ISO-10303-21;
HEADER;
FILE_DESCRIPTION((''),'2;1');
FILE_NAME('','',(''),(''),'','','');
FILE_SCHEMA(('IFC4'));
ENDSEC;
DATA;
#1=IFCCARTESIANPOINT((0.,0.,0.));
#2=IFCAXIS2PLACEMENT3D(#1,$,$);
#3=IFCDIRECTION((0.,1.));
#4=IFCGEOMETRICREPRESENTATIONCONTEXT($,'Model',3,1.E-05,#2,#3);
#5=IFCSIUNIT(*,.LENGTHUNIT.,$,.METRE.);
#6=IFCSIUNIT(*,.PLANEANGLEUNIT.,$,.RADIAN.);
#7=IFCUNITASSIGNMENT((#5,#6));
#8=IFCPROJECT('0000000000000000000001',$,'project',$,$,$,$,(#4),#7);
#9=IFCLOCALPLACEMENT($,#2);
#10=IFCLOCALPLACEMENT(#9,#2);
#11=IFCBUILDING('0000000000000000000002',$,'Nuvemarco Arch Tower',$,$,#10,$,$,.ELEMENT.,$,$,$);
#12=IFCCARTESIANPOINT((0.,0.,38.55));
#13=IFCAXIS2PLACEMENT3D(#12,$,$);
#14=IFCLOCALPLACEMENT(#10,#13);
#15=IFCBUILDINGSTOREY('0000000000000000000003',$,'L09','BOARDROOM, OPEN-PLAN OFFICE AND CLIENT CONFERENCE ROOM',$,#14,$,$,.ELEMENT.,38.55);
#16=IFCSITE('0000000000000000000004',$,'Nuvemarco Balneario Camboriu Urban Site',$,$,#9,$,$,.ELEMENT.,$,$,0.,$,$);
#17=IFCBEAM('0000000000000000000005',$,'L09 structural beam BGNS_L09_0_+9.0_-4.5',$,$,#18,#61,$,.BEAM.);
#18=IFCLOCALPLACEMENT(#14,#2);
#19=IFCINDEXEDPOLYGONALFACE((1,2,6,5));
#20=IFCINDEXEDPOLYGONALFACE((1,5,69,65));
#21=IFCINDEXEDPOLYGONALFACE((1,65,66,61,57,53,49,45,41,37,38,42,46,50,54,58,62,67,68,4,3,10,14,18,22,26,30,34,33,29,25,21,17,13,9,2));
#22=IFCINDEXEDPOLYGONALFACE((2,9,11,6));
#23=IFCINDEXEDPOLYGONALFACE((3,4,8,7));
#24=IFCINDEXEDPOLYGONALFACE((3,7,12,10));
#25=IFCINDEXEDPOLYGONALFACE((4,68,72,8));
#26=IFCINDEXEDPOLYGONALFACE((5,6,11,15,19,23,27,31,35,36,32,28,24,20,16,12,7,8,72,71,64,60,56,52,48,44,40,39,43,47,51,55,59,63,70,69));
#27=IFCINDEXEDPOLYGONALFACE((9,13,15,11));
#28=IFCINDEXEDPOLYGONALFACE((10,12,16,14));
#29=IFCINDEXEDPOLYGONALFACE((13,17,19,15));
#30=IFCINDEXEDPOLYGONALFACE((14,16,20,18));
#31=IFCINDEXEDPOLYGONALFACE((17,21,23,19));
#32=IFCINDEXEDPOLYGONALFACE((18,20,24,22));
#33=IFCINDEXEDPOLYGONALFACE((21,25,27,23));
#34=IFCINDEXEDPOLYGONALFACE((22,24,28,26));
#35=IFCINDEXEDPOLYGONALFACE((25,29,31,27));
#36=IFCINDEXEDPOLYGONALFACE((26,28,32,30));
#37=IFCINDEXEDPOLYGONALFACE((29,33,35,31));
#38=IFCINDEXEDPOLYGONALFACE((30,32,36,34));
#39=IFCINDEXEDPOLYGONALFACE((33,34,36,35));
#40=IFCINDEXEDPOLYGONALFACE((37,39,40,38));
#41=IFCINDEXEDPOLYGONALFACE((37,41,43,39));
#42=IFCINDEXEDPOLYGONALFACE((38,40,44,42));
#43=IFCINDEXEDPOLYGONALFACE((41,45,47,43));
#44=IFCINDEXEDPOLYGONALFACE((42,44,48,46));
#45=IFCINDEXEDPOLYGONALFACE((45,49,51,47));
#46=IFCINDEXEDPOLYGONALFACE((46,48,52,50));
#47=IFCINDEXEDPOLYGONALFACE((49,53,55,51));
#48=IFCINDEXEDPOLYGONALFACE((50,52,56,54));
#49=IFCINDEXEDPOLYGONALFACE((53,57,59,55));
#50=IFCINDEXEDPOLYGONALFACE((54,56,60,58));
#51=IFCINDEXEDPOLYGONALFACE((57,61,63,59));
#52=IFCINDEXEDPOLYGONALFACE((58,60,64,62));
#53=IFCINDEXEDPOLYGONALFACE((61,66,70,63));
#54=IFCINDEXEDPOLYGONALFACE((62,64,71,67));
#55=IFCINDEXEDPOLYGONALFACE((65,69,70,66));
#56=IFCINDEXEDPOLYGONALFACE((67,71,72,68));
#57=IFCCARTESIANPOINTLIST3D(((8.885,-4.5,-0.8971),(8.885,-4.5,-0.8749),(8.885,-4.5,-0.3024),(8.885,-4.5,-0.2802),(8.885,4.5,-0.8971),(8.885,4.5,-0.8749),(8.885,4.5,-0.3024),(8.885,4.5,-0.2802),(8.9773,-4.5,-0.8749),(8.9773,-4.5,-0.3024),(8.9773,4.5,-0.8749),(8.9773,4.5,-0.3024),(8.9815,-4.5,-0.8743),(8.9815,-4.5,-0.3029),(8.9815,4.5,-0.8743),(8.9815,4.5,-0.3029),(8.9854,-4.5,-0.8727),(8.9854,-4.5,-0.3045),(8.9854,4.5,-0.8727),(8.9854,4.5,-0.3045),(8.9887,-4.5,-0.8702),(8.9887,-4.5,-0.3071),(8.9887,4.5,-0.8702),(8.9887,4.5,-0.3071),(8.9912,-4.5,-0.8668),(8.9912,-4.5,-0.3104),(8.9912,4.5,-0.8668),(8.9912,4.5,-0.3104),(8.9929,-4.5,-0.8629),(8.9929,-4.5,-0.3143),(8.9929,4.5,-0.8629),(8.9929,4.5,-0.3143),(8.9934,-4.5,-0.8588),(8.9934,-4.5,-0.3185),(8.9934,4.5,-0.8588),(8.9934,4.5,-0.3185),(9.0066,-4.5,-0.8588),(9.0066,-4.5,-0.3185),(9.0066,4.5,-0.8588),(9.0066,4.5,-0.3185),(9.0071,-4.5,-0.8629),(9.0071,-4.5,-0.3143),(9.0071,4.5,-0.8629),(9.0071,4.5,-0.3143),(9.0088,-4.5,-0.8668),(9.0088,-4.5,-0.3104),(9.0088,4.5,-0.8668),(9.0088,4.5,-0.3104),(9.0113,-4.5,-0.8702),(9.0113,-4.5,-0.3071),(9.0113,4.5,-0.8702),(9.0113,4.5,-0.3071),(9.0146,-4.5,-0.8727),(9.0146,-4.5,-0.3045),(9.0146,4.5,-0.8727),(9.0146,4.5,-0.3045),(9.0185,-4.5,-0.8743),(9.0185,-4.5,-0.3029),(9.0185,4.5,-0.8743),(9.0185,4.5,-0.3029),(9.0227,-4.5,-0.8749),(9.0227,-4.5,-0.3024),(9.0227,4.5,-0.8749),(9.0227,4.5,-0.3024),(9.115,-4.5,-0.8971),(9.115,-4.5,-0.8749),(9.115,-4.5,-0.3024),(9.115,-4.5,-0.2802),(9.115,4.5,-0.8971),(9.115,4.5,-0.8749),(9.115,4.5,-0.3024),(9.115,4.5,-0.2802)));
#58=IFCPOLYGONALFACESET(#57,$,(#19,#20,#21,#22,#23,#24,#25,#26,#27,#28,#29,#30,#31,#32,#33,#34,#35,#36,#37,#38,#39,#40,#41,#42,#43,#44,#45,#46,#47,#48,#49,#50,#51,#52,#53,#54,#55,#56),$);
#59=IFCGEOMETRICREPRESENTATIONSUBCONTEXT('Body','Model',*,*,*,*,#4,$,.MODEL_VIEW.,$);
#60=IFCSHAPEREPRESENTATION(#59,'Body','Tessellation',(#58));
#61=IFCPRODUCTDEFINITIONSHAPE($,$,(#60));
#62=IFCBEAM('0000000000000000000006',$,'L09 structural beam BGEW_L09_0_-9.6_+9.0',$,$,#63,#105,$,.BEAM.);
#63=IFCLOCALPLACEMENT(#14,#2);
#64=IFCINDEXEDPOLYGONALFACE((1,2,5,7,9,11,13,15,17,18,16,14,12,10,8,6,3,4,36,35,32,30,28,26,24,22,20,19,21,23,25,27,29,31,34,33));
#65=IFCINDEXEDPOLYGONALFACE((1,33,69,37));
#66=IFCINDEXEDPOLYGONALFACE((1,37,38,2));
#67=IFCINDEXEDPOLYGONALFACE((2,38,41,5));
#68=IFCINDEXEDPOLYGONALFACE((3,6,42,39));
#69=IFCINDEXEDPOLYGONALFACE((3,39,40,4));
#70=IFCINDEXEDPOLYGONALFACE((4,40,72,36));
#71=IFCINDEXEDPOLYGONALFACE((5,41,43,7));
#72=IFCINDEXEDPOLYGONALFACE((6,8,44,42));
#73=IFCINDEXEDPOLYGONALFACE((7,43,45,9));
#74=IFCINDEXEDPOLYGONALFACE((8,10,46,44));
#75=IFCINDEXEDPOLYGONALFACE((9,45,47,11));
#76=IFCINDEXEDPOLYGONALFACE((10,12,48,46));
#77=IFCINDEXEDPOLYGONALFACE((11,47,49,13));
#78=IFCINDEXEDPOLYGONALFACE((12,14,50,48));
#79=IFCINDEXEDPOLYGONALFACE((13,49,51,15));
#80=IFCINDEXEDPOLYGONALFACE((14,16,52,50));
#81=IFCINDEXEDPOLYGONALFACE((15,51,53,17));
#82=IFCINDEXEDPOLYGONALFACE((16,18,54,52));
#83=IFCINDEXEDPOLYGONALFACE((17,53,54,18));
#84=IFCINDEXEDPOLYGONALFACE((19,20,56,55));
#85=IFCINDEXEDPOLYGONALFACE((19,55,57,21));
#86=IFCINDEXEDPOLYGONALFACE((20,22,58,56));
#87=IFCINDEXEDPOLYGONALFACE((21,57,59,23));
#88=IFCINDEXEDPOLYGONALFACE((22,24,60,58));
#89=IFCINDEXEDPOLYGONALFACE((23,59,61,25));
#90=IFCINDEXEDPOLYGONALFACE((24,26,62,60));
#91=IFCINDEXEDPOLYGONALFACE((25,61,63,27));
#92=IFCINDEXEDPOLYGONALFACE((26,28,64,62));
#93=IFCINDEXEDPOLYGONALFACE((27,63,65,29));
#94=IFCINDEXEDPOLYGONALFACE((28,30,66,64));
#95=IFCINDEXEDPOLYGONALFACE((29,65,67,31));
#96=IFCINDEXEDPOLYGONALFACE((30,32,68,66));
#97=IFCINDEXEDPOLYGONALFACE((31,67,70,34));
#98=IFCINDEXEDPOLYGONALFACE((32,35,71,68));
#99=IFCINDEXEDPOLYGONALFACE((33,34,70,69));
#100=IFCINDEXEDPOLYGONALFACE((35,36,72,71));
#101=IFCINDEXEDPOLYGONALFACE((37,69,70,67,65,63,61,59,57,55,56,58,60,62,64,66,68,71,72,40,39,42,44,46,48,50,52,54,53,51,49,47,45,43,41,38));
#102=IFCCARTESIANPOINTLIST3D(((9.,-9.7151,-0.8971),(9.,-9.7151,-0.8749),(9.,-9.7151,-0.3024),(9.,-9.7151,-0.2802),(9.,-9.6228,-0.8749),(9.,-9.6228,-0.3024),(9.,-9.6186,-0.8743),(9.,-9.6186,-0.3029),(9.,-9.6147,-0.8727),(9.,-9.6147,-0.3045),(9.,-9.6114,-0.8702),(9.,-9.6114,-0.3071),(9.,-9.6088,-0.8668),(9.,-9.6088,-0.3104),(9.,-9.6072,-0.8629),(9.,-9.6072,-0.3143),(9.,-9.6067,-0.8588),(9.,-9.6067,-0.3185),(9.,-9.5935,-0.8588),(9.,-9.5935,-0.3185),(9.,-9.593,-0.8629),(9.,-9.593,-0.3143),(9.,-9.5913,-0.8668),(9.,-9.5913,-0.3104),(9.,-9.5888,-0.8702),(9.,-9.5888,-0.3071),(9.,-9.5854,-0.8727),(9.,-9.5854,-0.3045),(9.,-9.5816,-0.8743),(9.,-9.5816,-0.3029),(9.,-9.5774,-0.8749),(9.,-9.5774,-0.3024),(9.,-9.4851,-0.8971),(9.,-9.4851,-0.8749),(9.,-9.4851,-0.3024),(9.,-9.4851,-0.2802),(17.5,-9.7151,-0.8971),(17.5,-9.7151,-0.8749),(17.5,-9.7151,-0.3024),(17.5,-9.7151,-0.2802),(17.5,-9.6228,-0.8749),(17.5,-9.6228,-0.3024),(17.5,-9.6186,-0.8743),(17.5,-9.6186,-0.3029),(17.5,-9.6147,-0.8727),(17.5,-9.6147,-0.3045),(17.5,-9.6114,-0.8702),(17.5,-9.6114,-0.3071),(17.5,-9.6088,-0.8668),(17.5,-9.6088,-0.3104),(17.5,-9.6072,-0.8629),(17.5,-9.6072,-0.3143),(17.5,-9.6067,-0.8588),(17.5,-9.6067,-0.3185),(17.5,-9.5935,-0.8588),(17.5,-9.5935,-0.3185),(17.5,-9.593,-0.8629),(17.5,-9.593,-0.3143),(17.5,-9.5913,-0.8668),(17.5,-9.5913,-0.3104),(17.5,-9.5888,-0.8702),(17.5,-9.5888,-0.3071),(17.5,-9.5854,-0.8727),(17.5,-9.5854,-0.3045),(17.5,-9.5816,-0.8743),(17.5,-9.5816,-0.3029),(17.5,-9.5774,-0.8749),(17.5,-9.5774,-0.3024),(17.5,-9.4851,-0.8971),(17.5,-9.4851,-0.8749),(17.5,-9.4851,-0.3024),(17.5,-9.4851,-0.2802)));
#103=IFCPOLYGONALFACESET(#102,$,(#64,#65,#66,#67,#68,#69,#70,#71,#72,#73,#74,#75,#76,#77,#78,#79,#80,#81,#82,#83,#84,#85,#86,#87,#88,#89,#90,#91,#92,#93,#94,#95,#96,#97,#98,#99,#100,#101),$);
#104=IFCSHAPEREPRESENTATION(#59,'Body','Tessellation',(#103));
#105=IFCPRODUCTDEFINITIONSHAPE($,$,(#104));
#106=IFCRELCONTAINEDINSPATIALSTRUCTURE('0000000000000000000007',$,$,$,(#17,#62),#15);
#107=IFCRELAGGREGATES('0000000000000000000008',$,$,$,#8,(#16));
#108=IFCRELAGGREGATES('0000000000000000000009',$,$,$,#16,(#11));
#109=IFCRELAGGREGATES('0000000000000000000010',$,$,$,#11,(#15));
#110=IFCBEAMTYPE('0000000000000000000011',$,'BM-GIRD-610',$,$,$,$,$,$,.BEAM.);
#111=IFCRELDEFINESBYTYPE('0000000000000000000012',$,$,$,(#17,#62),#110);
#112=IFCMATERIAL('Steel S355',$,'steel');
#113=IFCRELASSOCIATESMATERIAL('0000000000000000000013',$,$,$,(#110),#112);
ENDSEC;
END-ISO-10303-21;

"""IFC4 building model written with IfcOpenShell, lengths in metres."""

from ifc_helpers import new_model, si_unit, direction, frame, origin, origin_2d, place, context, subcontext, project, spatial, i_section, extrude, material, material_profile, profile_set, type_object, element, save


model = new_model("IFC4")

# Units and contexts
model_context = context("Model", 3, precision=1e-05, world=origin(), true_north=direction((0.0, 1.0)))
body_context = subcontext(model_context, "Body", "Model", "MODEL_VIEW")
ifc_project = project(units=[si_unit("LENGTHUNIT", "METRE"), si_unit("PLANEANGLEUNIT", "RADIAN")], contexts=[model_context])

# Site, building, storey
site_placement = place(None, origin())
site = spatial("IfcSite", under=ifc_project, at=site_placement, Name="Nuvemarco Balneario Camboriu Urban Site", CompositionType="ELEMENT", RefElevation=0.0)
building_placement = place(site_placement, origin())
building = spatial("IfcBuilding", under=site, at=building_placement, Name="Nuvemarco Arch Tower", CompositionType="ELEMENT")
storey_placement = place(building_placement, frame((0.0, 0.0, 38.55)))
storey = spatial("IfcBuildingStorey", under=building, at=storey_placement, Name="L09", Description="BOARDROOM, OPEN-PLAN OFFICE AND CLIENT CONFERENCE ROOM", CompositionType="ELEMENT", Elevation=38.55)

# Shared definitions
ifc_material_1 = material(Name="Steel S355", Category="steel")

# Beams
ifc_material_profile_1 = material_profile(ifc_material_1, i_section(OverallWidth=0.23, OverallDepth=0.6169, WebThickness=0.0132, FlangeThickness=0.0222, FilletRadius=0.0161, at=origin_2d()), Name="W610x140")
ifc_profile_set_1 = profile_set([ifc_material_profile_1], Name="Steel S355")
beam_type_1 = type_object("IfcBeamType", Name="BM-GIRD-610", PredefinedType="BEAM", material=ifc_profile_set_1)
beam_1_placement = place(storey_placement, frame((9.0, -4.5, -0.5886), z_axis=(0.0, 1.0, 0.0), x_axis=(-1.0, 0.0, 0.0)))
element("IfcBeam", 1, at=beam_1_placement, inside=storey, type_object=beam_type_1, Name="L09 structural beam BGNS_L09_0_+9.0_-4.5", PredefinedType="BEAM", context=body_context, shape_type="SweptSolid", body=[
    extrude(i_section(OverallWidth=0.23, OverallDepth=0.6169, WebThickness=0.0132, FlangeThickness=0.0222, FilletRadius=0.0161, at=origin_2d()), origin(), (0.0, 0.0, 1.0), 9.0),
])
beam_2_placement = place(storey_placement, frame((9.0, -9.6001, -0.5886), z_axis=(1.0, 0.0, 0.0), x_axis=(0.0, 1.0, 0.0)))
element("IfcBeam", 2, at=beam_2_placement, inside=storey, type_object=beam_type_1, Name="L09 structural beam BGEW_L09_0_-9.6_+9.0", PredefinedType="BEAM", context=body_context, shape_type="SweptSolid", body=[
    extrude(i_section(OverallWidth=0.23, OverallDepth=0.6169, WebThickness=0.0132, FlangeThickness=0.0222, FilletRadius=0.0161, at=origin_2d()), origin(), (0.0, 0.0, 1.0), 8.5),
])

save(model, "model.ifc")
